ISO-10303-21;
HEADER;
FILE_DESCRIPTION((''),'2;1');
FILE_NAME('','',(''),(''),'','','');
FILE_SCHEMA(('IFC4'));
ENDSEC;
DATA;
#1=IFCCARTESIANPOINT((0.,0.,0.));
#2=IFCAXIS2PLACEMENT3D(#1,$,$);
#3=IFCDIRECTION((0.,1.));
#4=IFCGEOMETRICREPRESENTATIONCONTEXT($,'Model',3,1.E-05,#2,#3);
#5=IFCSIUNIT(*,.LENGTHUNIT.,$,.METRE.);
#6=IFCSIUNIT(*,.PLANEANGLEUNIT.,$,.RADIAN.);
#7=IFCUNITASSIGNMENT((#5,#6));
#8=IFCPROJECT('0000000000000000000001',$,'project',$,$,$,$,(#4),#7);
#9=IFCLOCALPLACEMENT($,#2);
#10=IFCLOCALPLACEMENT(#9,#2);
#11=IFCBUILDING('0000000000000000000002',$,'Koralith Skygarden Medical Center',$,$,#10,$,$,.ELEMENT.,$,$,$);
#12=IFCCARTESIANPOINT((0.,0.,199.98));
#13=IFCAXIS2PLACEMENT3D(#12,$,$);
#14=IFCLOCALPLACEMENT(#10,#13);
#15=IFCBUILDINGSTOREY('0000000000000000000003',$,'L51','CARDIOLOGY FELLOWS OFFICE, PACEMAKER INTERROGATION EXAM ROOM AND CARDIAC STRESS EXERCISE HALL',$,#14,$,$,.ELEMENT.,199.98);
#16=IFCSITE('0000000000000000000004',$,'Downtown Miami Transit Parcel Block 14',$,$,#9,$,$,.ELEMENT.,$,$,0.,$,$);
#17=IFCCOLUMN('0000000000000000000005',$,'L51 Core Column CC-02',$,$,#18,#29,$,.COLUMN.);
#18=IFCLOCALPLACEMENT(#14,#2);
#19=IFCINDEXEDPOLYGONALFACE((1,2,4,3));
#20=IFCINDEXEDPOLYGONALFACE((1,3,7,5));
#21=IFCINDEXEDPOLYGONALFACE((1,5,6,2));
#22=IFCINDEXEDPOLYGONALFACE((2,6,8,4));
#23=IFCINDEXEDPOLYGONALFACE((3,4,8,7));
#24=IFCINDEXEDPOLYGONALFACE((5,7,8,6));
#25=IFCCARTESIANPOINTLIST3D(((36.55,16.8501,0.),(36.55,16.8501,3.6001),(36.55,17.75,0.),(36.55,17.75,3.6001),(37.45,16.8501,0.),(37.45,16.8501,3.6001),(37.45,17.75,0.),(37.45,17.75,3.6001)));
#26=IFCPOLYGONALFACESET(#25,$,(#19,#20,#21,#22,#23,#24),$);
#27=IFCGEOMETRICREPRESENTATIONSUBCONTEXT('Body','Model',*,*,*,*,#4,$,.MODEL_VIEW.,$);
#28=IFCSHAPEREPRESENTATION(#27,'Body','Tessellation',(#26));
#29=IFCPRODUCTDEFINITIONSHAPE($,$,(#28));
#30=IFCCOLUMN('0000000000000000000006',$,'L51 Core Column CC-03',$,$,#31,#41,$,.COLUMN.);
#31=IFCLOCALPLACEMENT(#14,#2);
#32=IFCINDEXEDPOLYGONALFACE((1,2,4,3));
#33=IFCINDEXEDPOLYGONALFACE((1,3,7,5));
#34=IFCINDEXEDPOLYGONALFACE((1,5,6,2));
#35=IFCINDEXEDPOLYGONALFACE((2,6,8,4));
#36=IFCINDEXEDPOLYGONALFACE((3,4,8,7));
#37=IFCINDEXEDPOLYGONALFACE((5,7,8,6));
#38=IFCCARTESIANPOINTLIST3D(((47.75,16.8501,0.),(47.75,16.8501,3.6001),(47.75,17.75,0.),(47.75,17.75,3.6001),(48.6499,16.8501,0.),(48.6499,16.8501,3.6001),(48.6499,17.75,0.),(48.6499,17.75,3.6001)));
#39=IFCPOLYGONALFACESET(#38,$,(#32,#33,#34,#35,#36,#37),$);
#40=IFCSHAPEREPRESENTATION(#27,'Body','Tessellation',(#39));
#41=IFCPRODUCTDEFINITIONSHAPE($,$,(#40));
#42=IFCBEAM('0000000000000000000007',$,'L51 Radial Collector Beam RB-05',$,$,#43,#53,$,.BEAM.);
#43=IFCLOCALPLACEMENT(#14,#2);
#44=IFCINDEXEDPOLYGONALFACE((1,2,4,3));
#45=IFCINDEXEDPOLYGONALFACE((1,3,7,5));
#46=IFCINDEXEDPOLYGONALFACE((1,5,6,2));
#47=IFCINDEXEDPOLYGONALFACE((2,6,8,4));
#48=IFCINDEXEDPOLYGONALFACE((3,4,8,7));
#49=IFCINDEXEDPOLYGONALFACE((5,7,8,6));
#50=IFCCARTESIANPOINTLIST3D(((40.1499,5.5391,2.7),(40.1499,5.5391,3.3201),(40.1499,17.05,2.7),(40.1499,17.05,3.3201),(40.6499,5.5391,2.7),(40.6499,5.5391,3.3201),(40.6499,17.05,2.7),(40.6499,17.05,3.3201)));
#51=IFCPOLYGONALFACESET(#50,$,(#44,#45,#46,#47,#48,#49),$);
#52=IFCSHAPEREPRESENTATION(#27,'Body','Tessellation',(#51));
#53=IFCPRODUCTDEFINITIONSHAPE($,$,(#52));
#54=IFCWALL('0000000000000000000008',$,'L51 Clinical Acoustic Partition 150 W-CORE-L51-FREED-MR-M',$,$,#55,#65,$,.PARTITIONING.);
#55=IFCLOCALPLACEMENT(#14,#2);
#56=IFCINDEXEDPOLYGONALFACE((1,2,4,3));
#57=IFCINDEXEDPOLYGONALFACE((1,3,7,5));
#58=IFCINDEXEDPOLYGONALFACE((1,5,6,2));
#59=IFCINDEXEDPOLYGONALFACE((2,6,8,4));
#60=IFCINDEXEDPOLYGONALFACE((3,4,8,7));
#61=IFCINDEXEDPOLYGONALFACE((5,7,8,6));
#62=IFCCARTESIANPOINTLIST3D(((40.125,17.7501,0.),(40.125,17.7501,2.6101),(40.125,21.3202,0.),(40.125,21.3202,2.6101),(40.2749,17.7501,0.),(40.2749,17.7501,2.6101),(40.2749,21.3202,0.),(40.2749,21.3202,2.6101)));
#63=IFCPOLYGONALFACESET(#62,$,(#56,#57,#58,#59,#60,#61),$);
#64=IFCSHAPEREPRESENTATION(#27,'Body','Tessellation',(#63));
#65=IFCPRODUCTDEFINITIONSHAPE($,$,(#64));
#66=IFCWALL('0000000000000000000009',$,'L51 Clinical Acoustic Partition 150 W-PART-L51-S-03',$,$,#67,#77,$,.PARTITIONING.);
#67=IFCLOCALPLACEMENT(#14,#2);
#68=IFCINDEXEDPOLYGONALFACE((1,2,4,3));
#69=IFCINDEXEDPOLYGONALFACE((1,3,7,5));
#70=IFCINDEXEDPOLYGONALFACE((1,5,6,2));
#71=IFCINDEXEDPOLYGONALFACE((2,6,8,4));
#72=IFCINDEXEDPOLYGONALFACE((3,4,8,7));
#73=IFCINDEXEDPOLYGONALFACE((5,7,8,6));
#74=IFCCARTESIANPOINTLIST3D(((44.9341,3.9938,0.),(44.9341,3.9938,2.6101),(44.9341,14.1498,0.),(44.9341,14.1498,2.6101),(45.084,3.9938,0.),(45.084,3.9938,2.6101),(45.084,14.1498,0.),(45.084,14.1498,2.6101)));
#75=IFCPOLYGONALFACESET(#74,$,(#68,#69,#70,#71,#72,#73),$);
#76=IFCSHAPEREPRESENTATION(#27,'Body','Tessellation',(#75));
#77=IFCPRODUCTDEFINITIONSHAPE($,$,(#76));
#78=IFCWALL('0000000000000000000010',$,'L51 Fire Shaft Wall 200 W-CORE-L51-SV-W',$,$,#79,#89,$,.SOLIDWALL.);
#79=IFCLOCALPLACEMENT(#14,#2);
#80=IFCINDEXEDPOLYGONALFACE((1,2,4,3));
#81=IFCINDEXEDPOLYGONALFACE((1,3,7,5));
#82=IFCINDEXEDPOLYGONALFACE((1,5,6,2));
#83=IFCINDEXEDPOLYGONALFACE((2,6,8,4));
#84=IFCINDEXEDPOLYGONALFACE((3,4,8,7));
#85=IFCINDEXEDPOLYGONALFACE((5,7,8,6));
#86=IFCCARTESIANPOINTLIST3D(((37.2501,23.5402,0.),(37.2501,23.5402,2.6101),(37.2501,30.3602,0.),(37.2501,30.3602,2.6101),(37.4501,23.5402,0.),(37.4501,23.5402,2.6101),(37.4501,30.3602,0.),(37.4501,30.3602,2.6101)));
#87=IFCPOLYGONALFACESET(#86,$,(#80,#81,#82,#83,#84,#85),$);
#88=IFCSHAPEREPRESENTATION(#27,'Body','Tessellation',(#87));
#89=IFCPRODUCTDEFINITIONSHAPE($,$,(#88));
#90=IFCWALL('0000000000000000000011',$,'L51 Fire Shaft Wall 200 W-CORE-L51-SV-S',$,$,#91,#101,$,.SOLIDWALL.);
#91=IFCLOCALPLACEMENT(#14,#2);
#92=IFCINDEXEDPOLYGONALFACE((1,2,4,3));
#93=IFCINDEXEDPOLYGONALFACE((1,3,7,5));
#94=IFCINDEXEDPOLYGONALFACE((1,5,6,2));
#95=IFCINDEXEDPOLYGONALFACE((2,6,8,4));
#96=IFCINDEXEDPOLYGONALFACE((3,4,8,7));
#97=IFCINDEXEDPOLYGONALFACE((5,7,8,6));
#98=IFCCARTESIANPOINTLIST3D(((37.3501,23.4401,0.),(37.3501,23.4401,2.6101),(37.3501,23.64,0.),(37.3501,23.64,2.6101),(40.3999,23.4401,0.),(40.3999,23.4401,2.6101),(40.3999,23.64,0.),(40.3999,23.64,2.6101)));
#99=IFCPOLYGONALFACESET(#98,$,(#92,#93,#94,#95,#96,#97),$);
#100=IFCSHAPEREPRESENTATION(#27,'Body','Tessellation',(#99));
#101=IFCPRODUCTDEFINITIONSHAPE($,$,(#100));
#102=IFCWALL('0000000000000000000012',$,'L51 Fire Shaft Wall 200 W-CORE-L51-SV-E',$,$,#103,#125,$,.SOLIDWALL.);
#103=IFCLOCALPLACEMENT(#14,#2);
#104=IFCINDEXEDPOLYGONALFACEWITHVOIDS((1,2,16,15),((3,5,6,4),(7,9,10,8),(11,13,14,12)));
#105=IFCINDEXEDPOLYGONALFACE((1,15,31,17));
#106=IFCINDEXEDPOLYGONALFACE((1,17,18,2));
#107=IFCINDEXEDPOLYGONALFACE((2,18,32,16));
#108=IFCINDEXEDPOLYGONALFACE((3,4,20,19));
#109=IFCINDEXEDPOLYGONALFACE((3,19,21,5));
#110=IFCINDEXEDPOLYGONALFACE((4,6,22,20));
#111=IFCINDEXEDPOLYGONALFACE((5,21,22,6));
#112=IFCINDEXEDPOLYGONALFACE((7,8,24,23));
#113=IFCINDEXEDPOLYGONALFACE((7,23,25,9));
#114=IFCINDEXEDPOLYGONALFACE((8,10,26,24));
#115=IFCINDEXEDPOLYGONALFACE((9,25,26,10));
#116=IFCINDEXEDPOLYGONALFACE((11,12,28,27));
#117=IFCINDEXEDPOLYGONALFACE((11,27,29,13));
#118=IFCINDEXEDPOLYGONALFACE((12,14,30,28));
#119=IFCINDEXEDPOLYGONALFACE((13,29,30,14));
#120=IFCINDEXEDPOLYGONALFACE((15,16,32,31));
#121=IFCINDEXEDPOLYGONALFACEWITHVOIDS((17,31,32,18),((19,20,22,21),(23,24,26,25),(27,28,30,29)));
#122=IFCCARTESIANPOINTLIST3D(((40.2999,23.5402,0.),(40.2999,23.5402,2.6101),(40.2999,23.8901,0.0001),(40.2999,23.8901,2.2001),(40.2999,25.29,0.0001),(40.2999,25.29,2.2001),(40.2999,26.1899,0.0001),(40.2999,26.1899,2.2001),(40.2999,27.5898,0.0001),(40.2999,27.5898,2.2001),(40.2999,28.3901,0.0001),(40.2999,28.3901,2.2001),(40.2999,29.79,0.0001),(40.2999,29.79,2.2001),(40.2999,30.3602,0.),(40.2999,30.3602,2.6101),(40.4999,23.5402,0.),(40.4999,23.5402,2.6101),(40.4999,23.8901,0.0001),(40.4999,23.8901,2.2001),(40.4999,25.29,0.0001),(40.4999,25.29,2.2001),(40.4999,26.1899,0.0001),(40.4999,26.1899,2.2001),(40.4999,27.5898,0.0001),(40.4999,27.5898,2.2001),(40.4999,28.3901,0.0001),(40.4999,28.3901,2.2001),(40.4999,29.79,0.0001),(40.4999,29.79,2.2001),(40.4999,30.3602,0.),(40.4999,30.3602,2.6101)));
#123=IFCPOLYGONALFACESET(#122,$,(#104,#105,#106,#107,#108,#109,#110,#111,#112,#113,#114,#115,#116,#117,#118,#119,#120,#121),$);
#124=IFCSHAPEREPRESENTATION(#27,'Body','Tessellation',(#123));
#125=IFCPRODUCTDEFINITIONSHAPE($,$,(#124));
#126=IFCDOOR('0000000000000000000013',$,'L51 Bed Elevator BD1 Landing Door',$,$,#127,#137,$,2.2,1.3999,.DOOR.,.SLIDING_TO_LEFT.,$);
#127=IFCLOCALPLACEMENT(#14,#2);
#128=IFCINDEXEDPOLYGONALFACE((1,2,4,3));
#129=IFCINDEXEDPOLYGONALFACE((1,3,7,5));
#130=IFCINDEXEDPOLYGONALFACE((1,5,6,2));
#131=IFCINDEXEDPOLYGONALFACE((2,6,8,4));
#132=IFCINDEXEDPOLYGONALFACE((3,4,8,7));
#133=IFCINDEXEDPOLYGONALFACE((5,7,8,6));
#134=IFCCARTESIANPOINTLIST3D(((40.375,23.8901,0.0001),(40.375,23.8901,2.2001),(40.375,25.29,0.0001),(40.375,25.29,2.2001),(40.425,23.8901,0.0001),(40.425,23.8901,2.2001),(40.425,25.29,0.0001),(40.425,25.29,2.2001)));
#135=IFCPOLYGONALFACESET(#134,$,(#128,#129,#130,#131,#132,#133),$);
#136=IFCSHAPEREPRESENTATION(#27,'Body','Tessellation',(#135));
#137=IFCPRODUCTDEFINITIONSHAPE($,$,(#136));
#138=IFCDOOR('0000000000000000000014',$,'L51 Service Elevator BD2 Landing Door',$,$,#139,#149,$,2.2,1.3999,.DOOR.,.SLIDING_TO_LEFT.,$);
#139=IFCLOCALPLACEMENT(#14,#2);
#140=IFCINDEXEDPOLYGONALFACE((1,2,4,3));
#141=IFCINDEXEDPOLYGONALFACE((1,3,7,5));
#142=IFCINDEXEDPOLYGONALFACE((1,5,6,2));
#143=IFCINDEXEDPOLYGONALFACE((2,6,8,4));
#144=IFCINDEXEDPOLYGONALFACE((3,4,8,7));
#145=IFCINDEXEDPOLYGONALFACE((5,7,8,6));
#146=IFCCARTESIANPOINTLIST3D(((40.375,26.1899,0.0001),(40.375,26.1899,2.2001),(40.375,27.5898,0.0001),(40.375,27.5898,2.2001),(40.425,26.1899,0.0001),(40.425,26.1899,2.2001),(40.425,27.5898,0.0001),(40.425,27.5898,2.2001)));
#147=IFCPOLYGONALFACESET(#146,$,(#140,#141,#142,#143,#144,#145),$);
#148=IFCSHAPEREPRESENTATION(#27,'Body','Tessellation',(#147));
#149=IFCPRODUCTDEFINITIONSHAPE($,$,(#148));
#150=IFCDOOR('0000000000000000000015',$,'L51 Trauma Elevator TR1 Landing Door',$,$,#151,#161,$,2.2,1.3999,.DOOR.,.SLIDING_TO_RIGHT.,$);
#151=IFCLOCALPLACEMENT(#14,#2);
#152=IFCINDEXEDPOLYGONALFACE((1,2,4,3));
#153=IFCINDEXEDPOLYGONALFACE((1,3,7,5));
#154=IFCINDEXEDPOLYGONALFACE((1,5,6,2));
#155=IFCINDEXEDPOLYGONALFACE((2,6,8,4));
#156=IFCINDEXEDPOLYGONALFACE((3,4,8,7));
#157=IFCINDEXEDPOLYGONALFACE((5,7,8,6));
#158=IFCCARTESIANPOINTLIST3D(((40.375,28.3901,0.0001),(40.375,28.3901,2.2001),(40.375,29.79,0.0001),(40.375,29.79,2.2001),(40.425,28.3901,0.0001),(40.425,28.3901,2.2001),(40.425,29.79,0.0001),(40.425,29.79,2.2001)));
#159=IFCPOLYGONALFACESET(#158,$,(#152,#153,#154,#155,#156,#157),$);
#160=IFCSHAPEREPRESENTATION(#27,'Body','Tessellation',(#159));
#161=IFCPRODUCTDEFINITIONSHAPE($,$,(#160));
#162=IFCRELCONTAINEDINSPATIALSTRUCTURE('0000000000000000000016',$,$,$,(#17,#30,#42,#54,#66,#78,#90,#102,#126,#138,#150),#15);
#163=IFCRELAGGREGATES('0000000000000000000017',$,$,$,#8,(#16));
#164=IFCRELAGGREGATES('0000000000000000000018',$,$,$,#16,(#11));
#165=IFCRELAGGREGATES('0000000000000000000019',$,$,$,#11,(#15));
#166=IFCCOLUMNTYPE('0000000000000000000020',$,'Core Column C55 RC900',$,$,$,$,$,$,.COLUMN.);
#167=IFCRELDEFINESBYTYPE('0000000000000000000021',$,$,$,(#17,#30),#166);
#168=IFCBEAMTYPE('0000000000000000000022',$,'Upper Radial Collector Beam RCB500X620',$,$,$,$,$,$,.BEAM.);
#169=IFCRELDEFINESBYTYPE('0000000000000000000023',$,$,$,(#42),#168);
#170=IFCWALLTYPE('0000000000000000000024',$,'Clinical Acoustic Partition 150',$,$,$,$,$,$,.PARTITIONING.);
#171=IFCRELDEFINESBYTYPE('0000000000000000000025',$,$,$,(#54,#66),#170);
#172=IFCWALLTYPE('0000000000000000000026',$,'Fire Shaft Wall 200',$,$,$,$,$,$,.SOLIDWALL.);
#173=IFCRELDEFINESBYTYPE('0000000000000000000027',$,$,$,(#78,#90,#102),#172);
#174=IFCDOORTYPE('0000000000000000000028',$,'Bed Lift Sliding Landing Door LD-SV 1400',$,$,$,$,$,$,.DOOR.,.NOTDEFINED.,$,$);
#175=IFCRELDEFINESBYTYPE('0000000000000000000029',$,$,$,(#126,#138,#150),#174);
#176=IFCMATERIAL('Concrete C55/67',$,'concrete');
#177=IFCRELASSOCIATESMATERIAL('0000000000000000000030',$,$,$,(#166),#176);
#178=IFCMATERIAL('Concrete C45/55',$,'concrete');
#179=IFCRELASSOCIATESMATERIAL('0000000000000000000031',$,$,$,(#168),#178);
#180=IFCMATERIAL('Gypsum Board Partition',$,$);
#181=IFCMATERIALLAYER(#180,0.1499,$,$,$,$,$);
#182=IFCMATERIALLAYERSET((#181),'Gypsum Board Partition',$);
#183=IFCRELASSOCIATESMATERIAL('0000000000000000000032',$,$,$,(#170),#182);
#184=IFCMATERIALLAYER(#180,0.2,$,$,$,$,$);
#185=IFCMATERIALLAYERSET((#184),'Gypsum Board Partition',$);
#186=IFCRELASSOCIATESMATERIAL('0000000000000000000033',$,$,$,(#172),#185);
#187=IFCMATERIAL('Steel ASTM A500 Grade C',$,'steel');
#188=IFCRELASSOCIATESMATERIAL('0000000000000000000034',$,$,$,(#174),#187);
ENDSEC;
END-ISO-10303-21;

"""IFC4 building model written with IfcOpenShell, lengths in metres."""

from ifc_helpers import new_model, si_unit, direction, frame, frame_2d, origin, origin_2d, place, context, subcontext, project, spatial, rectangle, extrude, material, layer, layer_set, material_profile, profile_set, type_object, element, fill, save


model = new_model("IFC4")

# Units and contexts
model_context = context("Model", 3, precision=1e-05, world=origin(), true_north=direction((0.0, 1.0)))
body_context = subcontext(model_context, "Body", "Model", "MODEL_VIEW")
ifc_project = project(units=[si_unit("LENGTHUNIT", "METRE"), si_unit("PLANEANGLEUNIT", "RADIAN")], contexts=[model_context])

# Site, building, storey
site_placement = place(None, origin())
site = spatial("IfcSite", under=ifc_project, at=site_placement, Name="Downtown Miami Transit Parcel Block 14", CompositionType="ELEMENT", RefElevation=0.0)
building_placement = place(site_placement, origin())
building = spatial("IfcBuilding", under=site, at=building_placement, Name="Koralith Skygarden Medical Center", CompositionType="ELEMENT")
storey_placement = place(building_placement, frame((0.0, 0.0, 199.98)))
storey = spatial("IfcBuildingStorey", under=building, at=storey_placement, Name="L51", Description="CARDIOLOGY FELLOWS OFFICE, PACEMAKER INTERROGATION EXAM ROOM AND CARDIAC STRESS EXERCISE HALL", CompositionType="ELEMENT", Elevation=199.98)

# Columns
ifc_material_1 = material(Name="Concrete C55/67", Category="concrete")
ifc_material_profile_1 = material_profile(ifc_material_1, rectangle(XDim=0.8999, YDim=0.8999, at=origin_2d()), Name="RC900X900")
ifc_profile_set_1 = profile_set([ifc_material_profile_1], Name="Concrete C55/67")
column_type = type_object("IfcColumnType", Name="Core Column C55 RC900", PredefinedType="COLUMN", material=ifc_profile_set_1)
for number, where, z_axis, x_axis, name in (
    (1, (37.0, 17.3, 0.0), (0.0, 0.0, 1.0), (1.0, 0.0, 0.0), "L51 Core Column CC-02"),
    (2, (48.2, 17.3, 0.0), (0.0, 0.0, 1.0), (1.0, 0.0, 0.0), "L51 Core Column CC-03"),
):
    element("IfcColumn", number, at=place(storey_placement, frame(where, z_axis=z_axis, x_axis=x_axis)), inside=storey, type_object=column_type, Name=name, PredefinedType="COLUMN", context=body_context, shape_type="SweptSolid", body=[
        extrude(rectangle(XDim=0.8999, YDim=0.8999, at=origin_2d()), origin(), (0.0, 0.0, 1.0), 3.6001),
    ])

# Beam
ifc_material_2 = material(Name="Concrete C45/55", Category="concrete")
ifc_material_profile_2 = material_profile(ifc_material_2, rectangle(XDim=0.5, YDim=0.6201, at=origin_2d()), Name="RCB500X620")
ifc_profile_set_2 = profile_set([ifc_material_profile_2], Name="Concrete C45/55")
beam_type = type_object("IfcBeamType", Name="Upper Radial Collector Beam RCB500X620", PredefinedType="BEAM", material=ifc_profile_set_2)
beam_placement = place(storey_placement, frame((40.3999, 17.05, 3.01), z_axis=(0.0, -1.0, 0.0), x_axis=(1.0, 0.0, 0.0)))
element("IfcBeam", 3, at=beam_placement, inside=storey, type_object=beam_type, Name="L51 Radial Collector Beam RB-05", PredefinedType="BEAM", context=body_context, shape_type="SweptSolid", body=[
    extrude(rectangle(XDim=0.5, YDim=0.6201, at=origin_2d()), origin(), (0.0, 0.0, 1.0), 11.511),
])

# Shared definitions
ifc_material_3 = material(Name="Gypsum Board Partition")
ifc_layer_1 = layer(ifc_material_3, 0.1499)
ifc_layer_set_1 = layer_set([ifc_layer_1], Name="Gypsum Board Partition")
wall_type_1 = type_object("IfcWallType", Name="Clinical Acoustic Partition 150", PredefinedType="PARTITIONING", material=ifc_layer_set_1)

# Walls
wall_1_placement = place(storey_placement, frame((40.2, 17.75, 0.0), z_axis=(0.0, 0.0, 1.0), x_axis=(0.0, 1.0, 0.0)))
element("IfcWall", 4, at=wall_1_placement, inside=storey, type_object=wall_type_1, Name="L51 Clinical Acoustic Partition 150 W-CORE-L51-FREED-MR-M", PredefinedType="PARTITIONING", context=body_context, shape_type="SweptSolid", body=[
    extrude(rectangle(XDim=3.5701, YDim=0.1499, at=frame_2d((1.7852, 0.0))), origin(), (0.0, 0.0, 1.0), 2.6101),
])
wall_2_placement = place(storey_placement, frame((45.009, 14.1499, 0.0), z_axis=(0.0, 0.0, 1.0), x_axis=(0.0, -1.0, 0.0)))
element("IfcWall", 5, at=wall_2_placement, inside=storey, type_object=wall_type_1, Name="L51 Clinical Acoustic Partition 150 W-PART-L51-S-03", PredefinedType="PARTITIONING", context=body_context, shape_type="SweptSolid", body=[
    extrude(rectangle(XDim=10.156, YDim=0.1499, at=frame_2d((5.0781, 0.0))), origin(), (0.0, 0.0, 1.0), 2.6101),
])

# Shared definitions
ifc_layer_2 = layer(ifc_material_3, 0.2)
ifc_layer_set_2 = layer_set([ifc_layer_2], Name="Gypsum Board Partition")
wall_type_2 = type_object("IfcWallType", Name="Fire Shaft Wall 200", PredefinedType="SOLIDWALL", material=ifc_layer_set_2)
ifc_material_4 = material(Name="Steel ASTM A500 Grade C", Category="steel")

# Walls
wall_3_placement = place(storey_placement, frame((37.3501, 23.54, 0.0), z_axis=(0.0, 0.0, 1.0), x_axis=(0.0, 1.0, 0.0)))
element("IfcWall", 6, at=wall_3_placement, inside=storey, type_object=wall_type_2, Name="L51 Fire Shaft Wall 200 W-CORE-L51-SV-W", PredefinedType="SOLIDWALL", context=body_context, shape_type="SweptSolid", body=[
    extrude(rectangle(XDim=6.8201, YDim=0.2, at=frame_2d((3.4102, 0.0))), origin(), (0.0, 0.0, 1.0), 2.6101),
])
wall_4_placement = place(storey_placement, frame((37.3501, 23.54, 0.0), z_axis=(0.0, 0.0, 1.0), x_axis=(1.0, 0.0, 0.0)))
element("IfcWall", 7, at=wall_4_placement, inside=storey, type_object=wall_type_2, Name="L51 Fire Shaft Wall 200 W-CORE-L51-SV-S", PredefinedType="SOLIDWALL", context=body_context, shape_type="SweptSolid", body=[
    extrude(rectangle(XDim=3.0498, YDim=0.2, at=frame_2d((1.5249, 0.0))), origin(), (0.0, 0.0, 1.0), 2.6101),
])

# Wall, openings, doors
wall_5_placement = place(storey_placement, frame((40.3999, 23.54, 0.0), z_axis=(0.0, 0.0, 1.0), x_axis=(0.0, 1.0, 0.0)))
wall_5 = element("IfcWall", 8, at=wall_5_placement, inside=storey, type_object=wall_type_2, Name="L51 Fire Shaft Wall 200 W-CORE-L51-SV-E", PredefinedType="SOLIDWALL", context=body_context, shape_type="SweptSolid", body=[
    extrude(rectangle(XDim=6.8201, YDim=0.2, at=frame_2d((3.4102, 0.0))), origin(), (0.0, 0.0, 1.0), 2.6101),
])
opening_1_placement = place(wall_5_placement, frame((0.3501, 0.0, 0.0)))
opening_1 = element("IfcOpeningElement", 9, at=opening_1_placement, cuts=wall_5, PredefinedType="OPENING", context=body_context, shape_type="SweptSolid", body=[
    extrude(rectangle(XDim=1.3999, YDim=2.2, at=frame_2d((0.7, 1.1001))), frame((0.0, 0.1099, 0.0), z_axis=(0.0, -1.0, 0.0), x_axis=(1.0, 0.0, 0.0)), (0.0, 0.0, 1.0), 0.22),
])
opening_2_placement = place(wall_5_placement, frame((2.6499, 0.0, 0.0)))
opening_2 = element("IfcOpeningElement", 10, at=opening_2_placement, cuts=wall_5, PredefinedType="OPENING", context=body_context, shape_type="SweptSolid", body=[
    extrude(rectangle(XDim=1.3999, YDim=2.2, at=frame_2d((0.7, 1.1001))), frame((0.0, 0.1099, 0.0), z_axis=(0.0, -1.0, 0.0), x_axis=(1.0, 0.0, 0.0)), (0.0, 0.0, 1.0), 0.22),
])
opening_3_placement = place(wall_5_placement, frame((4.8501, 0.0, 0.0)))
opening_3 = element("IfcOpeningElement", 11, at=opening_3_placement, cuts=wall_5, PredefinedType="OPENING", context=body_context, shape_type="SweptSolid", body=[
    extrude(rectangle(XDim=1.3999, YDim=2.2, at=frame_2d((0.7, 1.1001))), frame((0.0, 0.1099, 0.0), z_axis=(0.0, -1.0, 0.0), x_axis=(1.0, 0.0, 0.0)), (0.0, 0.0, 1.0), 0.22),
])
door_type_1 = type_object("IfcDoorType", Name="Bed Lift Sliding Landing Door LD-SV 1400", OperationType="NOTDEFINED", PredefinedType="DOOR", material=ifc_material_4)
door_1_placement = place(opening_1_placement, origin())
door_1 = element("IfcDoor", 12, at=door_1_placement, inside=storey, type_object=door_type_1, Name="L51 Bed Elevator BD1 Landing Door", OperationType="SLIDING_TO_LEFT", OverallHeight=2.2, OverallWidth=1.3999, PredefinedType="DOOR", context=body_context, shape_type="SweptSolid", body=[
    extrude(rectangle(XDim=1.3999, YDim=2.2, at=frame_2d((0.7, 1.1001))), frame((0.0, 0.0249, 0.0), z_axis=(0.0, -1.0, 0.0), x_axis=(1.0, 0.0, 0.0)), (0.0, 0.0, 1.0), 0.05),
])
fill(opening_1, door_1)
door_2_placement = place(opening_2_placement, origin())
door_2 = element("IfcDoor", 13, at=door_2_placement, inside=storey, type_object=door_type_1, Name="L51 Service Elevator BD2 Landing Door", OperationType="SLIDING_TO_LEFT", OverallHeight=2.2, OverallWidth=1.3999, PredefinedType="DOOR", context=body_context, shape_type="SweptSolid", body=[
    extrude(rectangle(XDim=1.3999, YDim=2.2, at=frame_2d((0.7, 1.1001))), frame((0.0, 0.0249, 0.0), z_axis=(0.0, -1.0, 0.0), x_axis=(1.0, 0.0, 0.0)), (0.0, 0.0, 1.0), 0.05),
])
fill(opening_2, door_2)
door_3_placement = place(opening_3_placement, origin())
door_3 = element("IfcDoor", 14, at=door_3_placement, inside=storey, type_object=door_type_1, Name="L51 Trauma Elevator TR1 Landing Door", OperationType="SLIDING_TO_RIGHT", OverallHeight=2.2, OverallWidth=1.3999, PredefinedType="DOOR", context=body_context, shape_type="SweptSolid", body=[
    extrude(rectangle(XDim=1.3999, YDim=2.2, at=frame_2d((0.7, 1.1001))), frame((0.0, 0.0249, 0.0), z_axis=(0.0, -1.0, 0.0), x_axis=(1.0, 0.0, 0.0)), (0.0, 0.0, 1.0), 0.05),
])
fill(opening_3, door_3)

save(model, "model.ifc")
